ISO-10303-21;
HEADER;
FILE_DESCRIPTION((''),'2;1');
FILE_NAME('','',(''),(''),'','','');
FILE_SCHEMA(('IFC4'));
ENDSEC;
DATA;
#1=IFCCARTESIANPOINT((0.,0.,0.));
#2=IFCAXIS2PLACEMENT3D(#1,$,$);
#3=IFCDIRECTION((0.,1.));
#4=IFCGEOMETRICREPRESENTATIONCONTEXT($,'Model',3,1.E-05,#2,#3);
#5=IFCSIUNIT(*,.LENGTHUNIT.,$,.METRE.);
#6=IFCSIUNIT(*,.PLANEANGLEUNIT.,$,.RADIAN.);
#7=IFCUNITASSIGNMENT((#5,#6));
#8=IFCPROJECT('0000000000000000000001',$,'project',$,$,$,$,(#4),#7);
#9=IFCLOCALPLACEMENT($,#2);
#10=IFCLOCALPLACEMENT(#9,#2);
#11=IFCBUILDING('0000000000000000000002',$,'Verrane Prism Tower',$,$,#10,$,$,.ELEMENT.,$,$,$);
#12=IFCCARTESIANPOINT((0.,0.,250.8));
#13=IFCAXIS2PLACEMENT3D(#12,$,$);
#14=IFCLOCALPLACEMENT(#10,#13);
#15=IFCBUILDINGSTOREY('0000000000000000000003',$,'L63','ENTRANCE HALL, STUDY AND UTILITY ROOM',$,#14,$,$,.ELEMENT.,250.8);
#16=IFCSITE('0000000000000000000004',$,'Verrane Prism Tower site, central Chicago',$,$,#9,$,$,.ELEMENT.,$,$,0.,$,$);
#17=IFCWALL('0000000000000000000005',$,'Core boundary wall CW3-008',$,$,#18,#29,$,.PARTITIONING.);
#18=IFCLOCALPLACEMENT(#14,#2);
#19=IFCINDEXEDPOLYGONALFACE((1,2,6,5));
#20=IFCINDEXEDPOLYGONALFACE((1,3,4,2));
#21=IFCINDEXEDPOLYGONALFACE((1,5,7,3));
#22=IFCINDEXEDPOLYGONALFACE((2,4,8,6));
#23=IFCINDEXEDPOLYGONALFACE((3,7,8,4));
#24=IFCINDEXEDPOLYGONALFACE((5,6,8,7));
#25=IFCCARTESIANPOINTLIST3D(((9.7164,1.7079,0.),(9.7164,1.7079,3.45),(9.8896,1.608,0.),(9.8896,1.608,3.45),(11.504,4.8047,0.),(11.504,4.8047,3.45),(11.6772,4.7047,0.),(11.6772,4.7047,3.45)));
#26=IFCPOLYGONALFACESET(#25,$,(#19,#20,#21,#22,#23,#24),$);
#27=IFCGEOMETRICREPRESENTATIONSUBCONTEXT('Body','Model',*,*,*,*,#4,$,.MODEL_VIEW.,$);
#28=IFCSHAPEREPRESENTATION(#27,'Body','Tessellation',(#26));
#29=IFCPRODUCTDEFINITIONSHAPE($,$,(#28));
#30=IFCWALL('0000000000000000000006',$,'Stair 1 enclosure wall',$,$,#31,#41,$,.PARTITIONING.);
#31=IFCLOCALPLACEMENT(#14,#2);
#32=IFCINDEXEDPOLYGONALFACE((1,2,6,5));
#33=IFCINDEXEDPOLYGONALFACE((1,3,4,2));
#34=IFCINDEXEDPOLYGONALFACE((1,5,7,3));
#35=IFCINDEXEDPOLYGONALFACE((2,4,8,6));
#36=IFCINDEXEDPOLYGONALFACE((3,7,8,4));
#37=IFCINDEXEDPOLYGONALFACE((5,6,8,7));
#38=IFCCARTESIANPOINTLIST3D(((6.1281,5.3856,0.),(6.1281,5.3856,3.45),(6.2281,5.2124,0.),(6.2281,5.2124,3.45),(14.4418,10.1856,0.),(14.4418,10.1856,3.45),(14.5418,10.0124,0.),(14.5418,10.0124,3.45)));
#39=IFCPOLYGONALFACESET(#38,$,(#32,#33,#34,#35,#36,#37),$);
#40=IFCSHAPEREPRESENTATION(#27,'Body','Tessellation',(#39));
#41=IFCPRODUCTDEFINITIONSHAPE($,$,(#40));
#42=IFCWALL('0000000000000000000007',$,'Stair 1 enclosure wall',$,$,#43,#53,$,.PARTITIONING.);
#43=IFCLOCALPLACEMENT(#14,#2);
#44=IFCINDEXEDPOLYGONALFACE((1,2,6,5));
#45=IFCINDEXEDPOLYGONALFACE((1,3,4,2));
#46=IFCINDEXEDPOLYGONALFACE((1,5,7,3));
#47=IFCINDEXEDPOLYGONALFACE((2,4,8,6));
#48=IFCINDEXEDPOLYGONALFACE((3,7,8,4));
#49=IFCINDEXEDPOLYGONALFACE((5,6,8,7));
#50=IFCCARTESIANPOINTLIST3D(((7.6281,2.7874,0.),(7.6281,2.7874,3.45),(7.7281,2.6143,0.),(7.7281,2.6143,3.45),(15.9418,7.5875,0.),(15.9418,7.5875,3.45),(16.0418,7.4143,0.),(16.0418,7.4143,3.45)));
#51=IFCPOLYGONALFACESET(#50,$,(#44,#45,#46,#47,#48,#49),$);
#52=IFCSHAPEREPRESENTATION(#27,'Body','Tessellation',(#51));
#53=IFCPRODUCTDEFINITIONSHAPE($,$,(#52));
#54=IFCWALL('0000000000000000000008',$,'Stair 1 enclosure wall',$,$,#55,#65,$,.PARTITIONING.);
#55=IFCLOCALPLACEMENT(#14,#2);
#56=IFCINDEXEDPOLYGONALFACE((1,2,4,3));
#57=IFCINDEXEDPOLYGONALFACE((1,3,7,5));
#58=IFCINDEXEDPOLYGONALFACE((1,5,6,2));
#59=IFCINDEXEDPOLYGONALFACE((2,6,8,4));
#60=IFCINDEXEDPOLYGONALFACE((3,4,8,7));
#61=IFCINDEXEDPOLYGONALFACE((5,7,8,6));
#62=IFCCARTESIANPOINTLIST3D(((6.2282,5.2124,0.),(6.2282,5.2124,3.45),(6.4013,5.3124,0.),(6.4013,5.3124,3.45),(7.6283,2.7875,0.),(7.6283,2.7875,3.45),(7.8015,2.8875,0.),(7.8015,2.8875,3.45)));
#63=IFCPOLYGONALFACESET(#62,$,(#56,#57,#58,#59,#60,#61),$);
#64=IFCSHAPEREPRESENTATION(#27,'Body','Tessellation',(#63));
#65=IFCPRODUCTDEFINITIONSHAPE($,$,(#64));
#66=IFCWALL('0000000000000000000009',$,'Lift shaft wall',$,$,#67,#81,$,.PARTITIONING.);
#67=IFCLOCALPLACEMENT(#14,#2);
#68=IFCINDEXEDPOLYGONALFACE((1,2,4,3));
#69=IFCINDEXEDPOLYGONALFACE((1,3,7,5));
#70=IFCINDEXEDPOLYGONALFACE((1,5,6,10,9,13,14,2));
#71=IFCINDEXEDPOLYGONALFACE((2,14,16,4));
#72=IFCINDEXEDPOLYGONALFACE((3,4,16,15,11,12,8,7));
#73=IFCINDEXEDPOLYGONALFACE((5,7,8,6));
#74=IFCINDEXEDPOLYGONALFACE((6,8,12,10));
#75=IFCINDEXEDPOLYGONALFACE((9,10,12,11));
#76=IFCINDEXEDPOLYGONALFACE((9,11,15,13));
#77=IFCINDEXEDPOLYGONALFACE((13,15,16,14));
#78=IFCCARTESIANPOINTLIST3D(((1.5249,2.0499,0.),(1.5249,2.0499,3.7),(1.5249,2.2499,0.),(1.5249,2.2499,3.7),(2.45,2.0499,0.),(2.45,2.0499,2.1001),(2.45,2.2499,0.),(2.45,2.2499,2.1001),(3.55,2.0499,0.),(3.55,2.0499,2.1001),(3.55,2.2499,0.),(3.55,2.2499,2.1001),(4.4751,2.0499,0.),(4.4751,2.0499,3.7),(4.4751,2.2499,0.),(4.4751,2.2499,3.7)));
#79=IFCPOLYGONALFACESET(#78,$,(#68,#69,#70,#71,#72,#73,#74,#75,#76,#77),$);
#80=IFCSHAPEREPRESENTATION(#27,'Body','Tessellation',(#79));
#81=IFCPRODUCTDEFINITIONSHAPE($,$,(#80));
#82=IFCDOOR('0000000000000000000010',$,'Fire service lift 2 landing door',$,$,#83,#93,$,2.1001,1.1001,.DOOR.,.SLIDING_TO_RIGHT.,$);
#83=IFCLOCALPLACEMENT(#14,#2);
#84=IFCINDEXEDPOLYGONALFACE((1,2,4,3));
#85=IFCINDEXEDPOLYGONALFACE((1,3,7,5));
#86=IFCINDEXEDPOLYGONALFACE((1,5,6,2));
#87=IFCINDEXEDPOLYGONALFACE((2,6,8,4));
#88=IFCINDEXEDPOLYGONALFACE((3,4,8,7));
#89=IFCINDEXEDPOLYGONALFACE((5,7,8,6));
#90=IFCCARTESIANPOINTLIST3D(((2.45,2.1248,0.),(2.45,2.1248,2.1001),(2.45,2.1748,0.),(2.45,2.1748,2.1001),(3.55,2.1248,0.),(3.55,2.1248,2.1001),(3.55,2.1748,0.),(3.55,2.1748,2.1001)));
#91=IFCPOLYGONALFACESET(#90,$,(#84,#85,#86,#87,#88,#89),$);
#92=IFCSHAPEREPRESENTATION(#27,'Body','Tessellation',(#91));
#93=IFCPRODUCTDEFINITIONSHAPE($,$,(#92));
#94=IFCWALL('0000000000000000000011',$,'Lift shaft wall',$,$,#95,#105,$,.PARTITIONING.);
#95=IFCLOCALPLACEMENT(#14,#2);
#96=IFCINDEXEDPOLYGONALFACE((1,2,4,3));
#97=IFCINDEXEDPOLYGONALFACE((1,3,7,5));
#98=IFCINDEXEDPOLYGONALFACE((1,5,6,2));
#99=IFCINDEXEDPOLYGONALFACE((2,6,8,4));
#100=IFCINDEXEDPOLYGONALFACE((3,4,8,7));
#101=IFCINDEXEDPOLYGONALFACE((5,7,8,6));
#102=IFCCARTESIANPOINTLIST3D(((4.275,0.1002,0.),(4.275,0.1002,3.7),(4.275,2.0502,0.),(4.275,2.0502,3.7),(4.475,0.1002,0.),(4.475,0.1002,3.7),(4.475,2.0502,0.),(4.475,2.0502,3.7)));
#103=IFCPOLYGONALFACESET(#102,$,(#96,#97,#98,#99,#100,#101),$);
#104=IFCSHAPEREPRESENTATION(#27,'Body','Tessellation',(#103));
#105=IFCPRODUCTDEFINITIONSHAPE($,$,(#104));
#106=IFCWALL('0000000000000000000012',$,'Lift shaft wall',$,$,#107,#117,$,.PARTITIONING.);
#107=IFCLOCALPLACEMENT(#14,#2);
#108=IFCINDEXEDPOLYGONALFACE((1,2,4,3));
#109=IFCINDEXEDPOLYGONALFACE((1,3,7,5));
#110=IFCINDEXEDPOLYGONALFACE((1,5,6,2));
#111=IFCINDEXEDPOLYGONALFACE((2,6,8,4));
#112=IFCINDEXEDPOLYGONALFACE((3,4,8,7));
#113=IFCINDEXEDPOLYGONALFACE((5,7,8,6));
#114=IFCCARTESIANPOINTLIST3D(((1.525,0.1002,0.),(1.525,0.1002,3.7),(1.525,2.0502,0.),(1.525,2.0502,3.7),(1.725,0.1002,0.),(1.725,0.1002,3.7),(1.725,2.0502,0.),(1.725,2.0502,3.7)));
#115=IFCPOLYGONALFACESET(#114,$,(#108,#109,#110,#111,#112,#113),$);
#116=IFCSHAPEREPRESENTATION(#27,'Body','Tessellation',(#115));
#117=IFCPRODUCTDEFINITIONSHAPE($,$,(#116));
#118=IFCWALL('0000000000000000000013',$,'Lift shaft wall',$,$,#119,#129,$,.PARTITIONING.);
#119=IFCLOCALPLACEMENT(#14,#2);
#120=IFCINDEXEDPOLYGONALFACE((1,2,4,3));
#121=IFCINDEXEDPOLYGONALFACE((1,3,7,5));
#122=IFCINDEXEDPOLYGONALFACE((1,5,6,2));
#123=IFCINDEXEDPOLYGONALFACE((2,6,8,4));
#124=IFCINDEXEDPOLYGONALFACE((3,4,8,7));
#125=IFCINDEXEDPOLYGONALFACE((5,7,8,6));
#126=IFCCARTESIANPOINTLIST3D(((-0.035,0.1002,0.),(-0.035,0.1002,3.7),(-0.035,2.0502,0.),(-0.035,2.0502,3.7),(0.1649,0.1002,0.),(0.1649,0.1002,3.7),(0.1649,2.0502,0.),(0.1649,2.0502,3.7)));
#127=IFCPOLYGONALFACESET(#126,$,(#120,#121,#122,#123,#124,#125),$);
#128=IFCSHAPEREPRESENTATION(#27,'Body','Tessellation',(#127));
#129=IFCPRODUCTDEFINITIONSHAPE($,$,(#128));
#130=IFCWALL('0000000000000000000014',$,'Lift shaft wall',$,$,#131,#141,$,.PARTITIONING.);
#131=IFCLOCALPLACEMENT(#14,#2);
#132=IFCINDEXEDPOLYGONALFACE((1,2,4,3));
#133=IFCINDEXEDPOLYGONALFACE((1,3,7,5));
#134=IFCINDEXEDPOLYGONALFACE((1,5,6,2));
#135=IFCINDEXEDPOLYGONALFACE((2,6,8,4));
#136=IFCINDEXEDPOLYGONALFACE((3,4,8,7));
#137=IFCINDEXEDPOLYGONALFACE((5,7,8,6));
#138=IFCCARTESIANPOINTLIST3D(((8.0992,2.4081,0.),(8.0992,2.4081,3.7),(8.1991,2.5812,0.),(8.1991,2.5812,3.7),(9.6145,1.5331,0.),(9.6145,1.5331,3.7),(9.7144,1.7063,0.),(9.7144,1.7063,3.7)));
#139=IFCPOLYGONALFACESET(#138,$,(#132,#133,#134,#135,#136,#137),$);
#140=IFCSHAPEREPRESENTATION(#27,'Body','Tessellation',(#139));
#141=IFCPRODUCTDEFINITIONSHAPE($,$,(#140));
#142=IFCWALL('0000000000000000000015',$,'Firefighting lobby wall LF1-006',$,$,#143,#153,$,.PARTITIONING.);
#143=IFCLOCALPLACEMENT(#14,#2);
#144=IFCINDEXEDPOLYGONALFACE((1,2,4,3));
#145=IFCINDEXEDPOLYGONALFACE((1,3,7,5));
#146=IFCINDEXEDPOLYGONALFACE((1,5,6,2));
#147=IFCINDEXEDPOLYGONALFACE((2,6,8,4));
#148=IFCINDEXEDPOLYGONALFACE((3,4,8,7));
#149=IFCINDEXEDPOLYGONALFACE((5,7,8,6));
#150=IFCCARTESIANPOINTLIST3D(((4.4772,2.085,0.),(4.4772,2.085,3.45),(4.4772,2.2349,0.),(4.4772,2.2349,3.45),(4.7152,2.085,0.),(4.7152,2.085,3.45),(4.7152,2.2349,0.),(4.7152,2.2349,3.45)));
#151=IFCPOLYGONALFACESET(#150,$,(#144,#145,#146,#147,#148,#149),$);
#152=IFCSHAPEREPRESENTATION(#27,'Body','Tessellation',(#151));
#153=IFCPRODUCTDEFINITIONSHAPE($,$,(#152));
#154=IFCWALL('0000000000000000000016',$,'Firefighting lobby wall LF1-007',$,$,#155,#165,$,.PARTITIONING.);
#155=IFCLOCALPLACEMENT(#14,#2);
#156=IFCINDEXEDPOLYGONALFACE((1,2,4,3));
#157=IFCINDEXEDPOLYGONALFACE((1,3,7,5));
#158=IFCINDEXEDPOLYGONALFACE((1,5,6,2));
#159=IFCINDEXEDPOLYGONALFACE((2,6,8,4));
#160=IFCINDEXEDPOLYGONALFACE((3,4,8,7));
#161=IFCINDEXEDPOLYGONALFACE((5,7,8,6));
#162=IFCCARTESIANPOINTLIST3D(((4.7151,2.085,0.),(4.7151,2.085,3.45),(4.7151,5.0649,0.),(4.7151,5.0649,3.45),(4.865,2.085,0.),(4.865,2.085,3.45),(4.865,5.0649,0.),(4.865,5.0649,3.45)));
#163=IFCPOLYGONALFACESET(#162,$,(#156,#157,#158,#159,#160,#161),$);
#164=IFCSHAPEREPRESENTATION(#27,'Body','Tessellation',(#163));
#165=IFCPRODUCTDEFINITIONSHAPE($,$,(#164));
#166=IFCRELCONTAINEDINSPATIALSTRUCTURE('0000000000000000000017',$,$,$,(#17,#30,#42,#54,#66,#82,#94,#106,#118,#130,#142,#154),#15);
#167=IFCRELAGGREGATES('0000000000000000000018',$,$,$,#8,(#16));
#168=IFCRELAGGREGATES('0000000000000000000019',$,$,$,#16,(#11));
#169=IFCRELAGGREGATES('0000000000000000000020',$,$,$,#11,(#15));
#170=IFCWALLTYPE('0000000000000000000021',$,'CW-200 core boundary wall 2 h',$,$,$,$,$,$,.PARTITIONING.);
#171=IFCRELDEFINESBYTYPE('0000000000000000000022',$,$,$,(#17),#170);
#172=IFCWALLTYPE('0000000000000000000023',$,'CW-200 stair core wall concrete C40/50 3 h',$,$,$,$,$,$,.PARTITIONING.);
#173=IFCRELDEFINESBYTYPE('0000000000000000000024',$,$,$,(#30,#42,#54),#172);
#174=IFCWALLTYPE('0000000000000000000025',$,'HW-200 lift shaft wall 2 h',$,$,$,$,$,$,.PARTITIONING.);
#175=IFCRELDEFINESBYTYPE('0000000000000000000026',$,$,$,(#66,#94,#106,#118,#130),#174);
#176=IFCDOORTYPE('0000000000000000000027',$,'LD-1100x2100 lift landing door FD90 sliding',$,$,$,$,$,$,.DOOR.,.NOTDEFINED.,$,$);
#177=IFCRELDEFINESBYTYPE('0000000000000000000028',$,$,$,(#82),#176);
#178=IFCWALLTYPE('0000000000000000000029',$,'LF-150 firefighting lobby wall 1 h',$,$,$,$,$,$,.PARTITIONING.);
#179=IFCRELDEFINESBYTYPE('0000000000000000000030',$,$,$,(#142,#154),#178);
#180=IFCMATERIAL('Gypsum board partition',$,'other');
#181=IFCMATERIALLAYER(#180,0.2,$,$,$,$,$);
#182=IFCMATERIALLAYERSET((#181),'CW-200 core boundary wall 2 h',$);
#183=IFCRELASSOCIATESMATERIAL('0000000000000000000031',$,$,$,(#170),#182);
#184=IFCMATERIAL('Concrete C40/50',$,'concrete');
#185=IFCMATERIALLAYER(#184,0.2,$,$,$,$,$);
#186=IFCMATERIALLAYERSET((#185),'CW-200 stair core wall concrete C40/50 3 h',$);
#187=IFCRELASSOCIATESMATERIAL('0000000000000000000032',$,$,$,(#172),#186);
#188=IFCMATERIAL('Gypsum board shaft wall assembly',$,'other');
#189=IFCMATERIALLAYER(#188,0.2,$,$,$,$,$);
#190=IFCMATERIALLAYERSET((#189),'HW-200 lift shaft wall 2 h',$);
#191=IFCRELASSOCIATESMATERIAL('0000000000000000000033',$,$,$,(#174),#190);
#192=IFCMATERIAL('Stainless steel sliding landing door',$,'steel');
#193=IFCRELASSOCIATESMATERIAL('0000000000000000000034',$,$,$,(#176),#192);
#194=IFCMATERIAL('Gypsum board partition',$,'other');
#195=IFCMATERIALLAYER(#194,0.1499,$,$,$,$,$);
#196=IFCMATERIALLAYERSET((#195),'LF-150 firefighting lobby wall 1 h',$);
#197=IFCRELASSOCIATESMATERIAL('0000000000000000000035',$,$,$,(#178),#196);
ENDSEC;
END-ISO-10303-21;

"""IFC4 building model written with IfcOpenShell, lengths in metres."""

from ifc_helpers import new_model, si_unit, direction, frame, frame_2d, origin, place, context, subcontext, project, spatial, rectangle, extrude, material, layer, layer_set, type_object, element, fill, save


model = new_model("IFC4")

# Units and contexts
model_context = context("Model", 3, precision=1e-05, world=origin(), true_north=direction((0.0, 1.0)))
body_context = subcontext(model_context, "Body", "Model", "MODEL_VIEW")
ifc_project = project(units=[si_unit("LENGTHUNIT", "METRE"), si_unit("PLANEANGLEUNIT", "RADIAN")], contexts=[model_context])

# Site, building, storey
site_placement = place(None, origin())
site = spatial("IfcSite", under=ifc_project, at=site_placement, Name="Verrane Prism Tower site, central Chicago", CompositionType="ELEMENT", RefElevation=0.0)
building_placement = place(site_placement, origin())
building = spatial("IfcBuilding", under=site, at=building_placement, Name="Verrane Prism Tower", CompositionType="ELEMENT")
storey_placement = place(building_placement, frame((0.0, 0.0, 250.8)))
storey = spatial("IfcBuildingStorey", under=building, at=storey_placement, Name="L63", Description="ENTRANCE HALL, STUDY AND UTILITY ROOM", CompositionType="ELEMENT", Elevation=250.8)

# Walls
ifc_material_1 = material(Name="Gypsum board partition", Category="other")
ifc_layer_1 = layer(ifc_material_1, 0.2)
ifc_layer_set_1 = layer_set([ifc_layer_1], Name="CW-200 core boundary wall 2 h")
wall_type_1 = type_object("IfcWallType", Name="CW-200 core boundary wall 2 h", PredefinedType="PARTITIONING", material=ifc_layer_set_1)
wall_1_placement = place(storey_placement, frame((9.803, 1.658, 0.0), z_axis=(0.0, 0.0, 1.0), x_axis=(0.499943, 0.866058, 0.0)))
element("IfcWall", 1, at=wall_1_placement, inside=storey, type_object=wall_type_1, Name="Core boundary wall CW3-008", PredefinedType="PARTITIONING", context=body_context, shape_type="SweptSolid", body=[
    extrude(rectangle(XDim=3.5757, YDim=0.2, at=frame_2d((1.7878, 0.0))), origin(), (0.0, 0.0, 1.0), 3.45),
])
ifc_material_2 = material(Name="Concrete C40/50", Category="concrete")
ifc_layer_2 = layer(ifc_material_2, 0.2)
ifc_layer_set_2 = layer_set([ifc_layer_2], Name="CW-200 stair core wall concrete C40/50 3 h")
wall_type_2 = type_object("IfcWallType", Name="CW-200 stair core wall concrete C40/50 3 h", PredefinedType="PARTITIONING", material=ifc_layer_set_2)
for number, where, z_axis, x_axis, name in (
    (2, (6.1782, 5.2991, 0.0), (0.0, 0.0, 1.0), (0.86602, 0.500009, 0.0), "Stair 1 enclosure wall"),
    (3, (7.6782, 2.7009, 0.0), (0.0, 0.0, 1.0), (0.86602, 0.500009, 0.0), "Stair 1 enclosure wall"),
):
    element("IfcWall", number, at=place(storey_placement, frame(where, z_axis=z_axis, x_axis=x_axis)), inside=storey, type_object=wall_type_2, Name=name, PredefinedType="PARTITIONING", context=body_context, shape_type="SweptSolid", body=[
        extrude(rectangle(XDim=9.5999, YDim=0.2, at=frame_2d((4.7998, 0.0))), origin(), (0.0, 0.0, 1.0), 3.45),
    ])
wall_2_placement = place(storey_placement, frame((7.7148, 2.8376, 0.0), z_axis=(0.0, 0.0, 1.0), x_axis=(-0.50005, 0.865997, 0.0)))
element("IfcWall", 4, at=wall_2_placement, inside=storey, type_object=wall_type_2, Name="Stair 1 enclosure wall", PredefinedType="PARTITIONING", context=body_context, shape_type="SweptSolid", body=[
    extrude(rectangle(XDim=2.8, YDim=0.2, at=frame_2d((1.3999, 0.0))), origin(), (0.0, 0.0, 1.0), 3.45),
])

# Wall, opening, door
ifc_material_3 = material(Name="Gypsum board shaft wall assembly", Category="other")
ifc_layer_3 = layer(ifc_material_3, 0.2)
ifc_layer_set_3 = layer_set([ifc_layer_3], Name="HW-200 lift shaft wall 2 h")
wall_type_3 = type_object("IfcWallType", Name="HW-200 lift shaft wall 2 h", PredefinedType="PARTITIONING", material=ifc_layer_set_3)
wall_3_placement = place(storey_placement, frame((1.5249, 2.1499, 0.0), z_axis=(0.0, 0.0, 1.0), x_axis=(1.0, 0.0, 0.0)))
wall_3 = element("IfcWall", 5, at=wall_3_placement, inside=storey, type_object=wall_type_3, Name="Lift shaft wall", PredefinedType="PARTITIONING", context=body_context, shape_type="SweptSolid", body=[
    extrude(rectangle(XDim=2.9502, YDim=0.2, at=frame_2d((1.4751, 0.0))), origin(), (0.0, 0.0, 1.0), 3.7),
])
opening_1_placement = place(wall_3_placement, frame((0.925, 0.0, 0.0)))
opening_1 = element("IfcOpeningElement", 6, at=opening_1_placement, cuts=wall_3, PredefinedType="OPENING", context=body_context, shape_type="SweptSolid", body=[
    extrude(rectangle(XDim=1.1001, YDim=2.1001, at=frame_2d((0.55, 1.05))), frame((0.0, 0.1099, 0.0), z_axis=(0.0, -1.0, 0.0), x_axis=(1.0, 0.0, 0.0)), (0.0, 0.0, 1.0), 0.22),
])
ifc_material_4 = material(Name="Stainless steel sliding landing door", Category="steel")
door_type_1 = type_object("IfcDoorType", Name="LD-1100x2100 lift landing door FD90 sliding", OperationType="NOTDEFINED", PredefinedType="DOOR", material=ifc_material_4)
door_1_placement = place(opening_1_placement, origin())
door_1 = element("IfcDoor", 7, at=door_1_placement, inside=storey, type_object=door_type_1, Name="Fire service lift 2 landing door", OperationType="SLIDING_TO_RIGHT", OverallHeight=2.1001, OverallWidth=1.1001, PredefinedType="DOOR", context=body_context, shape_type="SweptSolid", body=[
    extrude(rectangle(XDim=1.1001, YDim=2.1001, at=frame_2d((0.55, 1.05))), frame((0.0, 0.0249, 0.0), z_axis=(0.0, -1.0, 0.0), x_axis=(1.0, 0.0, 0.0)), (0.0, 0.0, 1.0), 0.05),
])
fill(opening_1, door_1)

# Walls
for number, where, z_axis, x_axis, name in (
    (8, (4.375, 0.1001, 0.0), (0.0, 0.0, 1.0), (0.0, 1.0, 0.0), "Lift shaft wall"),
    (9, (1.625, 0.1001, 0.0), (0.0, 0.0, 1.0), (0.0, 1.0, 0.0), "Lift shaft wall"),
    (10, (0.0649, 0.1001, 0.0), (0.0, 0.0, 1.0), (0.0, 1.0, 0.0), "Lift shaft wall"),
):
    element("IfcWall", number, at=place(storey_placement, frame(where, z_axis=z_axis, x_axis=x_axis)), inside=storey, type_object=wall_type_3, Name=name, PredefinedType="PARTITIONING", context=body_context, shape_type="SweptSolid", body=[
        extrude(rectangle(XDim=1.95, YDim=0.2, at=frame_2d((0.9751, 0.0))), origin(), (0.0, 0.0, 1.0), 3.7),
    ])
wall_4_placement = place(storey_placement, frame((9.6646, 1.6196, 0.0), z_axis=(0.0, 0.0, 1.0), x_axis=(-0.866002, 0.50004, 0.0)))
element("IfcWall", 11, at=wall_4_placement, inside=storey, type_object=wall_type_3, Name="Lift shaft wall", PredefinedType="PARTITIONING", context=body_context, shape_type="SweptSolid", body=[
    extrude(rectangle(XDim=1.7498, YDim=0.2, at=frame_2d((0.875, 0.0))), origin(), (0.0, 0.0, 1.0), 3.7),
])
ifc_material_5 = material(Name="Gypsum board partition", Category="other")
ifc_layer_4 = layer(ifc_material_5, 0.1499)
ifc_layer_set_4 = layer_set([ifc_layer_4], Name="LF-150 firefighting lobby wall 1 h")
wall_type_4 = type_object("IfcWallType", Name="LF-150 firefighting lobby wall 1 h", PredefinedType="PARTITIONING", material=ifc_layer_set_4)
wall_5_placement = place(storey_placement, frame((4.4771, 2.1599, 0.0), z_axis=(0.0, 0.0, 1.0), x_axis=(1.0, 0.0, 0.0)))
element("IfcWall", 12, at=wall_5_placement, inside=storey, type_object=wall_type_4, Name="Firefighting lobby wall LF1-006", PredefinedType="PARTITIONING", context=body_context, shape_type="SweptSolid", body=[
    extrude(rectangle(XDim=0.238, YDim=0.1499, at=frame_2d((0.1191, 0.0))), origin(), (0.0, 0.0, 1.0), 3.45),
])
wall_6_placement = place(storey_placement, frame((4.79, 2.085, 0.0), z_axis=(0.0, 0.0, 1.0), x_axis=(0.0, 1.0, 0.0)))
element("IfcWall", 13, at=wall_6_placement, inside=storey, type_object=wall_type_4, Name="Firefighting lobby wall LF1-007", PredefinedType="PARTITIONING", context=body_context, shape_type="SweptSolid", body=[
    extrude(rectangle(XDim=2.98, YDim=0.1499, at=frame_2d((1.49, 0.0))), origin(), (0.0, 0.0, 1.0), 3.45),
])

save(model, "model.ifc")
